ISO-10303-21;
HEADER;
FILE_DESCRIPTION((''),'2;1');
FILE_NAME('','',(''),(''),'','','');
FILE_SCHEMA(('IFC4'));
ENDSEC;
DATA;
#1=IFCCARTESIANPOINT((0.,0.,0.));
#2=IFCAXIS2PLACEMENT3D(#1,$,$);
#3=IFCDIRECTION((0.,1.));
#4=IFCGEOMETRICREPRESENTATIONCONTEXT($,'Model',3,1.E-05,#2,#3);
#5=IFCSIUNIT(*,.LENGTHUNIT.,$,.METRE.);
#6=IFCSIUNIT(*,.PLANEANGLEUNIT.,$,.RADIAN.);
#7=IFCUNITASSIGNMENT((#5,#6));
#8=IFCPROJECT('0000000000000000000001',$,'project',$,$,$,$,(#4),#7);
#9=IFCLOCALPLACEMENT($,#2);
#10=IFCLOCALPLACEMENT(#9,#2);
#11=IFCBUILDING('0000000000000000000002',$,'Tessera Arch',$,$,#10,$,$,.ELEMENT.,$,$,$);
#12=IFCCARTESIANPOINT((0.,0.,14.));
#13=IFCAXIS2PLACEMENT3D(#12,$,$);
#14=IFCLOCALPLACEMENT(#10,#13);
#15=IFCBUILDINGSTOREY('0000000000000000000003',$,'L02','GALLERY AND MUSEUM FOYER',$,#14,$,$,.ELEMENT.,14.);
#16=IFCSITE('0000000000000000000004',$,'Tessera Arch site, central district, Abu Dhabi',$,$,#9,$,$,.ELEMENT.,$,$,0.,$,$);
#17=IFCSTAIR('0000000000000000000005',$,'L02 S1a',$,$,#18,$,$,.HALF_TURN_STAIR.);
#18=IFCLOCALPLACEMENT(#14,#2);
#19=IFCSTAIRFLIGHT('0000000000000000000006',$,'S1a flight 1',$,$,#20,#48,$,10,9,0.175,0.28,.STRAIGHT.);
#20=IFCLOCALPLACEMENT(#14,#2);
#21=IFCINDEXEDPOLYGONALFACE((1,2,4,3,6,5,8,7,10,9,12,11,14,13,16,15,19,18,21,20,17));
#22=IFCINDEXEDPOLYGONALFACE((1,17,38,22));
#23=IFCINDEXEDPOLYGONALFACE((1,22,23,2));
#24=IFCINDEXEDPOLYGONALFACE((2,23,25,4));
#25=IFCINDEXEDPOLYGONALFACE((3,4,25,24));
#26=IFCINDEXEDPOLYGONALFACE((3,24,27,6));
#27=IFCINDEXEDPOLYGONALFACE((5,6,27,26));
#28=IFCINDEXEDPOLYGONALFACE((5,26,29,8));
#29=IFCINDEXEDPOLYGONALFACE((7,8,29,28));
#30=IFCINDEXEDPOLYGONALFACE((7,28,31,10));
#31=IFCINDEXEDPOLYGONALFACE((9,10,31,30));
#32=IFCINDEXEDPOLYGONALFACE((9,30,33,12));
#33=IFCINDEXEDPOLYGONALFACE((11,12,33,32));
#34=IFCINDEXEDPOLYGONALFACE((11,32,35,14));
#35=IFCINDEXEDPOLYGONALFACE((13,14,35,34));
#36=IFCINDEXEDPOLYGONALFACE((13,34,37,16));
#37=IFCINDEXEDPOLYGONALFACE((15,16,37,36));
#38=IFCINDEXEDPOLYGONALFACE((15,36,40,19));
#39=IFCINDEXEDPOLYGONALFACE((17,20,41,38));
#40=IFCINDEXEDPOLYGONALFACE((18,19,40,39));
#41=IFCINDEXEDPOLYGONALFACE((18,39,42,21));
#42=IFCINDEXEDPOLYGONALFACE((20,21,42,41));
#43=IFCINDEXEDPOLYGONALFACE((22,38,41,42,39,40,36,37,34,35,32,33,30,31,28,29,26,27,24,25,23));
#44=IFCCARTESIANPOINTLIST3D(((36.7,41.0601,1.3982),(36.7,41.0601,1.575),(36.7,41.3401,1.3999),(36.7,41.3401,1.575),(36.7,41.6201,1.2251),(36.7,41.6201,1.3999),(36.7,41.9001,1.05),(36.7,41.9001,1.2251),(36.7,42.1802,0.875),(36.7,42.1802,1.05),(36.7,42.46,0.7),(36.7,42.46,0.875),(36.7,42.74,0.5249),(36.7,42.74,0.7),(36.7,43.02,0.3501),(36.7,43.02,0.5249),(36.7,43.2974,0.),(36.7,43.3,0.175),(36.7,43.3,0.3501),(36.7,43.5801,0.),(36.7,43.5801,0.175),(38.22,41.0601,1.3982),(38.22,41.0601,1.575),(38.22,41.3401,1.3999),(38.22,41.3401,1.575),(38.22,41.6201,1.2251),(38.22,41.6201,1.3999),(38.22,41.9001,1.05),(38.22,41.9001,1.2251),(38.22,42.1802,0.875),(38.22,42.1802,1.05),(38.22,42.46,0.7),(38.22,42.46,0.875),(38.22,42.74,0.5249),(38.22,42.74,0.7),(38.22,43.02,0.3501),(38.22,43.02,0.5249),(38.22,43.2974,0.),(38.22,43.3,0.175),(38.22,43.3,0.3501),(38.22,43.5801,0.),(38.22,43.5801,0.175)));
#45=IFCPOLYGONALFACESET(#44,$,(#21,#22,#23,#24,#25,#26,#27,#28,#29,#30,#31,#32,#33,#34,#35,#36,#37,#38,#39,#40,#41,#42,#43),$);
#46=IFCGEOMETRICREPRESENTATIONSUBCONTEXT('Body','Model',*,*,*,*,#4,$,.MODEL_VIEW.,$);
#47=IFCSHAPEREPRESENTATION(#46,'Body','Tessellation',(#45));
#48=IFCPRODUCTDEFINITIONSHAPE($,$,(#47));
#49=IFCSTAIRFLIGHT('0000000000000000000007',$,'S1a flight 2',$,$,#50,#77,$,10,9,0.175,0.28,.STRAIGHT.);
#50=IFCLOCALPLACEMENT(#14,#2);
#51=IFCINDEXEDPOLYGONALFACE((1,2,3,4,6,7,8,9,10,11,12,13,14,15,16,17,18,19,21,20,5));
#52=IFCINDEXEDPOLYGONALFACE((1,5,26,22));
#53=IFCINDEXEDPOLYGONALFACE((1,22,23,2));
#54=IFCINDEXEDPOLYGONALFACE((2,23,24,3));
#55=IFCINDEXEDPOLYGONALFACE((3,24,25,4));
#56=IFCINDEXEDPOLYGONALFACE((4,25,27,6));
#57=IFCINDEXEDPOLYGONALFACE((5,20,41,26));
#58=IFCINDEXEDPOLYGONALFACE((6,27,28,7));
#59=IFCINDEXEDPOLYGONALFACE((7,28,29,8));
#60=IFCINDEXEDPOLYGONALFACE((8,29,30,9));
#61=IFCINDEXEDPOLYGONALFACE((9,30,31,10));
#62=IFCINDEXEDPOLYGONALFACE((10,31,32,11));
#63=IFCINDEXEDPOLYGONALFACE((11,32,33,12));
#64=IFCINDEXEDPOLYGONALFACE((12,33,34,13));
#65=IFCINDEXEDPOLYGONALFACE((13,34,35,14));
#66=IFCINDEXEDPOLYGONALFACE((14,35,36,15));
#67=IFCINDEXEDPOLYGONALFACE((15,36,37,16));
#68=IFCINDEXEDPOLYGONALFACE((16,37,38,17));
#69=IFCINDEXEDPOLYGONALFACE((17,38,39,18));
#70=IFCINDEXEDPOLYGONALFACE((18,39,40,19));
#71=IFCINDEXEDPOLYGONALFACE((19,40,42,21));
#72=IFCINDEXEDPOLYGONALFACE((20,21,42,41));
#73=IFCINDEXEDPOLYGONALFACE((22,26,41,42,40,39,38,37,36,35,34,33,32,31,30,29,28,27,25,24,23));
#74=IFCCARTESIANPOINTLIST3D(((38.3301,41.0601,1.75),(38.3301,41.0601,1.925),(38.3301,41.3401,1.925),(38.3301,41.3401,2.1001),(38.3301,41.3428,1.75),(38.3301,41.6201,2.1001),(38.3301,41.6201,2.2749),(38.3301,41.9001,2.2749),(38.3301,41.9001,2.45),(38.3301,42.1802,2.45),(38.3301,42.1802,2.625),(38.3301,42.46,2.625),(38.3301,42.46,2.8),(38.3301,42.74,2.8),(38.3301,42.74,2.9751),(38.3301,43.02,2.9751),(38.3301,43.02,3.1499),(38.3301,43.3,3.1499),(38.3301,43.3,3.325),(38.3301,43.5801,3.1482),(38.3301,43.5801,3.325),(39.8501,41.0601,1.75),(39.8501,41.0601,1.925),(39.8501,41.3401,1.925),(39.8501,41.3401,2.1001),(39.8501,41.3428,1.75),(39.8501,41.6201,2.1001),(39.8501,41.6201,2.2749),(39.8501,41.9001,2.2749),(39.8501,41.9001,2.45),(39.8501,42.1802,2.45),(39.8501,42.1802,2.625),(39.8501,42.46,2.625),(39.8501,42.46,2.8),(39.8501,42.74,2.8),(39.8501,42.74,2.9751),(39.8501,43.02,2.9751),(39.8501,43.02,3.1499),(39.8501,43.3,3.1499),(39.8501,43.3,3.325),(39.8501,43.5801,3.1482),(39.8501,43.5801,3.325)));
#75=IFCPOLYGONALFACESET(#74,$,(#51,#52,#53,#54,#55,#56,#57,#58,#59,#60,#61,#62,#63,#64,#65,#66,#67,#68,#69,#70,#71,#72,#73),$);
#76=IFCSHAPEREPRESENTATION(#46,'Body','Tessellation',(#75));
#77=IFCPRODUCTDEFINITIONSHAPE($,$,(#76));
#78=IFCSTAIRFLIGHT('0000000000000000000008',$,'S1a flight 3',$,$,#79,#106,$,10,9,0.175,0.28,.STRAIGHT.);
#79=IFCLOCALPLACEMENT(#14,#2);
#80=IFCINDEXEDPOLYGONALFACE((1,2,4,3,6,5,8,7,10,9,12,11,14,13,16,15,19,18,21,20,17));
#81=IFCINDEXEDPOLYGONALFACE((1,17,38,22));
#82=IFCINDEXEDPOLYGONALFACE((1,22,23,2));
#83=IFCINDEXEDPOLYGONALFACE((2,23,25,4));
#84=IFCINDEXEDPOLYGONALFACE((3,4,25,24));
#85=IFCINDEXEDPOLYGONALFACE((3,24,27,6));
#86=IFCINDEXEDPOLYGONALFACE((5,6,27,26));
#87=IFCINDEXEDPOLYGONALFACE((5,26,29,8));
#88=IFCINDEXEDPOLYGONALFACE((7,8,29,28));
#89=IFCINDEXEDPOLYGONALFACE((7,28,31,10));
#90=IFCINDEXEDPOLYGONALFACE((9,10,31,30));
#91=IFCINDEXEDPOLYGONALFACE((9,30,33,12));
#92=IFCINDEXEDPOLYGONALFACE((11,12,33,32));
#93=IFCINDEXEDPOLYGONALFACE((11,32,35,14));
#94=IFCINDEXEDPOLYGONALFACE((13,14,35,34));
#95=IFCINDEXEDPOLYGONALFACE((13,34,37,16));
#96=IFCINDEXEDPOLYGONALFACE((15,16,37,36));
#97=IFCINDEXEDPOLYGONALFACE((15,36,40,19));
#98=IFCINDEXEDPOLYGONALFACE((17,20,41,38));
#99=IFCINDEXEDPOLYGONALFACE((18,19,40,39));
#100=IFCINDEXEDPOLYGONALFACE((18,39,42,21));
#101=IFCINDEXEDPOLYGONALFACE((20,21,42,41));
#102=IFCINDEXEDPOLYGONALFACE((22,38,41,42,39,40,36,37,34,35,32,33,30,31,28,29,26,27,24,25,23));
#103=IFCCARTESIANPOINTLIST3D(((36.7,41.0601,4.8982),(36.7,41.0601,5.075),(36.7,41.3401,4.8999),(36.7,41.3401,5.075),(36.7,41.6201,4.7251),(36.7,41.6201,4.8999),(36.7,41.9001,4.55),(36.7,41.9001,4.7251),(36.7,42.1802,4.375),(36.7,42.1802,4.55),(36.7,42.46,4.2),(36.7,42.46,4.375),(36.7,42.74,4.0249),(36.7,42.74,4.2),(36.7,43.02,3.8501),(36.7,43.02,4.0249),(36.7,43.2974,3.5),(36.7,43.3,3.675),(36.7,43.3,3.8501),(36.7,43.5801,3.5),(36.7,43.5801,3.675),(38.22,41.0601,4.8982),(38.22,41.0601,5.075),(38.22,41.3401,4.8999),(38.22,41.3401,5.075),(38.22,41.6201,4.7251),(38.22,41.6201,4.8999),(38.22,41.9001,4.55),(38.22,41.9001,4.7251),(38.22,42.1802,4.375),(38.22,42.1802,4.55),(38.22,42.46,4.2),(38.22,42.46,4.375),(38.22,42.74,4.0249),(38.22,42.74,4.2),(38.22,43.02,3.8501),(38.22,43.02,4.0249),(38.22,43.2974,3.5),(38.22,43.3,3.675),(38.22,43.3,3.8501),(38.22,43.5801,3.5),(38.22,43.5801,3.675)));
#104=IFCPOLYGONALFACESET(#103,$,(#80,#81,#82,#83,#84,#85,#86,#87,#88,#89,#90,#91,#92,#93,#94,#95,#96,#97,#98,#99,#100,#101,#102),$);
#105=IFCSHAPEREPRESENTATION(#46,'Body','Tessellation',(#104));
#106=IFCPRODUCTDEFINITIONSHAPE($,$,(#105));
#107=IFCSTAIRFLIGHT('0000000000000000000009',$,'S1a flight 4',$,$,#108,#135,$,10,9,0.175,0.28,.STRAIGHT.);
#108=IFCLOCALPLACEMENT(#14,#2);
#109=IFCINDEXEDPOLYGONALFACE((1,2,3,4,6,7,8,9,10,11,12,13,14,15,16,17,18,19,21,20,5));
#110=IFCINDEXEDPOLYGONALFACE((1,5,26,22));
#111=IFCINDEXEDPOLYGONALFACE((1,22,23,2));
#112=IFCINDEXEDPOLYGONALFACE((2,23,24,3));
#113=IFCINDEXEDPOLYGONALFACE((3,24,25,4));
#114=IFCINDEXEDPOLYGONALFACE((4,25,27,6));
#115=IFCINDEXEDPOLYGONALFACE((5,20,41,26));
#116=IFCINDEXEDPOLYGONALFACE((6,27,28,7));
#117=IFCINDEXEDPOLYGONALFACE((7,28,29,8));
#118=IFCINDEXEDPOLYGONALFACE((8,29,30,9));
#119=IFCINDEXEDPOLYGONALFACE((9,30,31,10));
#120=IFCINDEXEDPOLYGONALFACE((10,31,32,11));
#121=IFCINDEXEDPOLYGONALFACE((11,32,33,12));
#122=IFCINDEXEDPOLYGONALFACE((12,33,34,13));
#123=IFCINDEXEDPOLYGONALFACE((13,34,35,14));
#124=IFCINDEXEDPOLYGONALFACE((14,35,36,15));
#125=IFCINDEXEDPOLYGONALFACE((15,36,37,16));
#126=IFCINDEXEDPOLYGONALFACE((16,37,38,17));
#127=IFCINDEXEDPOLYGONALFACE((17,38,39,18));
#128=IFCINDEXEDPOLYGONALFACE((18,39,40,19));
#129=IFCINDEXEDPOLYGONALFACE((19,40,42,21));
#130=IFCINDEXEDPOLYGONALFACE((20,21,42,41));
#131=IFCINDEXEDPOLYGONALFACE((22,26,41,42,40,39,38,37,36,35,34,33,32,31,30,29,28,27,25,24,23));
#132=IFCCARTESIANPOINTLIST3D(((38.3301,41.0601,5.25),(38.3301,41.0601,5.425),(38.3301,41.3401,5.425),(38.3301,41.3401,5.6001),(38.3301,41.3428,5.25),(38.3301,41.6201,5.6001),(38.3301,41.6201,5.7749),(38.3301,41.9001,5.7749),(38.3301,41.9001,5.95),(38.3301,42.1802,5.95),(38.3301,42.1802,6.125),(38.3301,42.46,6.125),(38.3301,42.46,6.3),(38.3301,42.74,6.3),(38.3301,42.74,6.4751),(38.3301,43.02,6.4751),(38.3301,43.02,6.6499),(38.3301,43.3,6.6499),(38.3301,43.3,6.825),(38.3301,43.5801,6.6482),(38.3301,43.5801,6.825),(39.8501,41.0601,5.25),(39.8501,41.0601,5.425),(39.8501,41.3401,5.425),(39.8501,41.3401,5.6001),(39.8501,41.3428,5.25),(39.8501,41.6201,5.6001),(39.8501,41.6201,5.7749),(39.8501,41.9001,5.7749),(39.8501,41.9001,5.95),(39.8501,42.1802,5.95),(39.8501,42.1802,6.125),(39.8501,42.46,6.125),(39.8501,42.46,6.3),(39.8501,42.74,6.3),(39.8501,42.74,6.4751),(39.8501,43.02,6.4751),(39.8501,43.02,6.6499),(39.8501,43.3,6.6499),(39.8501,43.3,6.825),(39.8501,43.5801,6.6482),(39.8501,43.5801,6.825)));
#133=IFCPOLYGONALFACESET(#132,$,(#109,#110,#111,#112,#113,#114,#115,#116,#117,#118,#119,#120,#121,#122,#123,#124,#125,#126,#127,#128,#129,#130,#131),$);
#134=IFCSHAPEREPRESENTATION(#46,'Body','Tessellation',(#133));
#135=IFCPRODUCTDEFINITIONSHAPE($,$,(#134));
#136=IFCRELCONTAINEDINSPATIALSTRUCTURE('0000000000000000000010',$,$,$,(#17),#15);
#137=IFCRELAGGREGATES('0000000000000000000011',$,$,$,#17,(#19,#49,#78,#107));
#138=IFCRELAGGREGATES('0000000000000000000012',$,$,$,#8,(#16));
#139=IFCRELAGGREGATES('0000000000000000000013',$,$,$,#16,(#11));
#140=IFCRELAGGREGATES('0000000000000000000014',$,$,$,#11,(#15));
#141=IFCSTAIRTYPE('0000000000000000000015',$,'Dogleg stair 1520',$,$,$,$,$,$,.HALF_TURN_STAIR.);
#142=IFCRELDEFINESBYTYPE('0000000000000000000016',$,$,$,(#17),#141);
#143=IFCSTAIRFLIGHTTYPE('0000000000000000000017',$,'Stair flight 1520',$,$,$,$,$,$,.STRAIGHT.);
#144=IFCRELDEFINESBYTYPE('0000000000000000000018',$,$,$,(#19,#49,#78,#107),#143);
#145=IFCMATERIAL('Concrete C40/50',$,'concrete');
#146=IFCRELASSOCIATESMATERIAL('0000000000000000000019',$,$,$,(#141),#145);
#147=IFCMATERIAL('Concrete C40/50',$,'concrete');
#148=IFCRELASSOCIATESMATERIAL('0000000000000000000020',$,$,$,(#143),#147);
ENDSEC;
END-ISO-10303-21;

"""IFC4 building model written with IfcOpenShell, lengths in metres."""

from ifc_helpers import new_model, si_unit, direction, frame, origin, place, context, subcontext, project, spatial, polyline, outline, extrude, material, type_object, element, aggregate, save


model = new_model("IFC4")

# Units and contexts
model_context = context("Model", 3, precision=1e-05, world=origin(), true_north=direction((0.0, 1.0)))
body_context = subcontext(model_context, "Body", "Model", "MODEL_VIEW")
ifc_project = project(units=[si_unit("LENGTHUNIT", "METRE"), si_unit("PLANEANGLEUNIT", "RADIAN")], contexts=[model_context])

# Site, building, storey
site_placement = place(None, origin())
site = spatial("IfcSite", under=ifc_project, at=site_placement, Name="Tessera Arch site, central district, Abu Dhabi", CompositionType="ELEMENT", RefElevation=0.0)
building_placement = place(site_placement, origin())
building = spatial("IfcBuilding", under=site, at=building_placement, Name="Tessera Arch", CompositionType="ELEMENT")
storey_placement = place(building_placement, frame((0.0, 0.0, 14.0)))
storey = spatial("IfcBuildingStorey", under=building, at=storey_placement, Name="L02", Description="GALLERY AND MUSEUM FOYER", CompositionType="ELEMENT", Elevation=14.0)

# Stair, stair flights
ifc_material_1 = material(Name="Concrete C40/50", Category="concrete")
stair_type = type_object("IfcStairType", Name="Dogleg stair 1520", PredefinedType="HALF_TURN_STAIR", material=ifc_material_1)
stair_placement = place(storey_placement, origin())
stair = element("IfcStair", 1, at=stair_placement, inside=storey, type_object=stair_type, Name="L02 S1a", PredefinedType="HALF_TURN_STAIR")
ifc_material_2 = material(Name="Concrete C40/50", Category="concrete")
stair_flight_type = type_object("IfcStairFlightType", Name="Stair flight 1520", PredefinedType="STRAIGHT", material=ifc_material_2)
stair_flight_1_placement = place(storey_placement, frame((37.46, 43.5801, 0.0), z_axis=(0.0, 0.0, 1.0), x_axis=(0.0, -1.0, 0.0)))
stair_flight_1 = element("IfcStairFlight", 2, at=stair_flight_1_placement, type_object=stair_flight_type, Name="S1a flight 1", NumberOfRisers=10, NumberOfTreads=9, PredefinedType="STRAIGHT", RiserHeight=0.175, TreadLength=0.28, context=body_context, shape_type="SweptSolid", body=[
    extrude(outline(polyline([(0.0, 0.0), (0.0, 0.175), (0.28, 0.175), (0.28, 0.3501), (0.5601, 0.3501), (0.5601, 0.5249), (0.8401, 0.5249), (0.8401, 0.7), (1.1201, 0.7), (1.1201, 0.875), (1.3999, 0.875), (1.3999, 1.05), (1.6799, 1.05), (1.6799, 1.2251), (1.96, 1.2251), (1.96, 1.3999), (2.24, 1.3999), (2.24, 1.575), (2.52, 1.575), (2.52, 1.75), (2.52, 1.3982), (0.2827, 0.0), (0.0, 0.0)])), frame((0.0, 0.76, 0.0), z_axis=(0.0, -1.0, 0.0), x_axis=(1.0, 0.0, 0.0)), (0.0, 0.0, 1.0), 1.52),
])
stair_flight_2_placement = place(storey_placement, frame((39.0901, 41.0601, 1.75), z_axis=(0.0, 0.0, 1.0), x_axis=(0.0, 1.0, 0.0)))
stair_flight_2 = element("IfcStairFlight", 3, at=stair_flight_2_placement, type_object=stair_flight_type, Name="S1a flight 2", NumberOfRisers=10, NumberOfTreads=9, PredefinedType="STRAIGHT", RiserHeight=0.175, TreadLength=0.28, context=body_context, shape_type="SweptSolid", body=[
    extrude(outline(polyline([(0.0, 0.0), (0.0, 0.175), (0.28, 0.175), (0.28, 0.3501), (0.5601, 0.3501), (0.5601, 0.5249), (0.8401, 0.5249), (0.8401, 0.7), (1.1201, 0.7), (1.1201, 0.875), (1.3999, 0.875), (1.3999, 1.05), (1.6799, 1.05), (1.6799, 1.2251), (1.96, 1.2251), (1.96, 1.3999), (2.24, 1.3999), (2.24, 1.575), (2.52, 1.575), (2.52, 1.75), (2.52, 1.3982), (0.2827, 0.0), (0.0, 0.0)])), frame((0.0, 0.76, 0.0), z_axis=(0.0, -1.0, 0.0), x_axis=(1.0, 0.0, 0.0)), (0.0, 0.0, 1.0), 1.52),
])
stair_flight_3_placement = place(storey_placement, frame((37.46, 43.5801, 3.5), z_axis=(0.0, 0.0, 1.0), x_axis=(0.0, -1.0, 0.0)))
stair_flight_3 = element("IfcStairFlight", 4, at=stair_flight_3_placement, type_object=stair_flight_type, Name="S1a flight 3", NumberOfRisers=10, NumberOfTreads=9, PredefinedType="STRAIGHT", RiserHeight=0.175, TreadLength=0.28, context=body_context, shape_type="SweptSolid", body=[
    extrude(outline(polyline([(0.0, 0.0), (0.0, 0.175), (0.28, 0.175), (0.28, 0.3501), (0.5601, 0.3501), (0.5601, 0.5249), (0.8401, 0.5249), (0.8401, 0.7), (1.1201, 0.7), (1.1201, 0.875), (1.3999, 0.875), (1.3999, 1.05), (1.6799, 1.05), (1.6799, 1.2251), (1.96, 1.2251), (1.96, 1.3999), (2.24, 1.3999), (2.24, 1.575), (2.52, 1.575), (2.52, 1.75), (2.52, 1.3982), (0.2827, 0.0), (0.0, 0.0)])), frame((0.0, 0.76, 0.0), z_axis=(0.0, -1.0, 0.0), x_axis=(1.0, 0.0, 0.0)), (0.0, 0.0, 1.0), 1.52),
])
stair_flight_4_placement = place(storey_placement, frame((39.0901, 41.0601, 5.25), z_axis=(0.0, 0.0, 1.0), x_axis=(0.0, 1.0, 0.0)))
stair_flight_4 = element("IfcStairFlight", 5, at=stair_flight_4_placement, type_object=stair_flight_type, Name="S1a flight 4", NumberOfRisers=10, NumberOfTreads=9, PredefinedType="STRAIGHT", RiserHeight=0.175, TreadLength=0.28, context=body_context, shape_type="SweptSolid", body=[
    extrude(outline(polyline([(0.0, 0.0), (0.0, 0.175), (0.28, 0.175), (0.28, 0.3501), (0.5601, 0.3501), (0.5601, 0.5249), (0.8401, 0.5249), (0.8401, 0.7), (1.1201, 0.7), (1.1201, 0.875), (1.3999, 0.875), (1.3999, 1.05), (1.6799, 1.05), (1.6799, 1.2251), (1.96, 1.2251), (1.96, 1.3999), (2.24, 1.3999), (2.24, 1.575), (2.52, 1.575), (2.52, 1.75), (2.52, 1.3982), (0.2827, 0.0), (0.0, 0.0)])), frame((0.0, 0.76, 0.0), z_axis=(0.0, -1.0, 0.0), x_axis=(1.0, 0.0, 0.0)), (0.0, 0.0, 1.0), 1.52),
])
aggregate(stair, [stair_flight_1, stair_flight_2, stair_flight_3, stair_flight_4])

save(model, "model.ifc")
